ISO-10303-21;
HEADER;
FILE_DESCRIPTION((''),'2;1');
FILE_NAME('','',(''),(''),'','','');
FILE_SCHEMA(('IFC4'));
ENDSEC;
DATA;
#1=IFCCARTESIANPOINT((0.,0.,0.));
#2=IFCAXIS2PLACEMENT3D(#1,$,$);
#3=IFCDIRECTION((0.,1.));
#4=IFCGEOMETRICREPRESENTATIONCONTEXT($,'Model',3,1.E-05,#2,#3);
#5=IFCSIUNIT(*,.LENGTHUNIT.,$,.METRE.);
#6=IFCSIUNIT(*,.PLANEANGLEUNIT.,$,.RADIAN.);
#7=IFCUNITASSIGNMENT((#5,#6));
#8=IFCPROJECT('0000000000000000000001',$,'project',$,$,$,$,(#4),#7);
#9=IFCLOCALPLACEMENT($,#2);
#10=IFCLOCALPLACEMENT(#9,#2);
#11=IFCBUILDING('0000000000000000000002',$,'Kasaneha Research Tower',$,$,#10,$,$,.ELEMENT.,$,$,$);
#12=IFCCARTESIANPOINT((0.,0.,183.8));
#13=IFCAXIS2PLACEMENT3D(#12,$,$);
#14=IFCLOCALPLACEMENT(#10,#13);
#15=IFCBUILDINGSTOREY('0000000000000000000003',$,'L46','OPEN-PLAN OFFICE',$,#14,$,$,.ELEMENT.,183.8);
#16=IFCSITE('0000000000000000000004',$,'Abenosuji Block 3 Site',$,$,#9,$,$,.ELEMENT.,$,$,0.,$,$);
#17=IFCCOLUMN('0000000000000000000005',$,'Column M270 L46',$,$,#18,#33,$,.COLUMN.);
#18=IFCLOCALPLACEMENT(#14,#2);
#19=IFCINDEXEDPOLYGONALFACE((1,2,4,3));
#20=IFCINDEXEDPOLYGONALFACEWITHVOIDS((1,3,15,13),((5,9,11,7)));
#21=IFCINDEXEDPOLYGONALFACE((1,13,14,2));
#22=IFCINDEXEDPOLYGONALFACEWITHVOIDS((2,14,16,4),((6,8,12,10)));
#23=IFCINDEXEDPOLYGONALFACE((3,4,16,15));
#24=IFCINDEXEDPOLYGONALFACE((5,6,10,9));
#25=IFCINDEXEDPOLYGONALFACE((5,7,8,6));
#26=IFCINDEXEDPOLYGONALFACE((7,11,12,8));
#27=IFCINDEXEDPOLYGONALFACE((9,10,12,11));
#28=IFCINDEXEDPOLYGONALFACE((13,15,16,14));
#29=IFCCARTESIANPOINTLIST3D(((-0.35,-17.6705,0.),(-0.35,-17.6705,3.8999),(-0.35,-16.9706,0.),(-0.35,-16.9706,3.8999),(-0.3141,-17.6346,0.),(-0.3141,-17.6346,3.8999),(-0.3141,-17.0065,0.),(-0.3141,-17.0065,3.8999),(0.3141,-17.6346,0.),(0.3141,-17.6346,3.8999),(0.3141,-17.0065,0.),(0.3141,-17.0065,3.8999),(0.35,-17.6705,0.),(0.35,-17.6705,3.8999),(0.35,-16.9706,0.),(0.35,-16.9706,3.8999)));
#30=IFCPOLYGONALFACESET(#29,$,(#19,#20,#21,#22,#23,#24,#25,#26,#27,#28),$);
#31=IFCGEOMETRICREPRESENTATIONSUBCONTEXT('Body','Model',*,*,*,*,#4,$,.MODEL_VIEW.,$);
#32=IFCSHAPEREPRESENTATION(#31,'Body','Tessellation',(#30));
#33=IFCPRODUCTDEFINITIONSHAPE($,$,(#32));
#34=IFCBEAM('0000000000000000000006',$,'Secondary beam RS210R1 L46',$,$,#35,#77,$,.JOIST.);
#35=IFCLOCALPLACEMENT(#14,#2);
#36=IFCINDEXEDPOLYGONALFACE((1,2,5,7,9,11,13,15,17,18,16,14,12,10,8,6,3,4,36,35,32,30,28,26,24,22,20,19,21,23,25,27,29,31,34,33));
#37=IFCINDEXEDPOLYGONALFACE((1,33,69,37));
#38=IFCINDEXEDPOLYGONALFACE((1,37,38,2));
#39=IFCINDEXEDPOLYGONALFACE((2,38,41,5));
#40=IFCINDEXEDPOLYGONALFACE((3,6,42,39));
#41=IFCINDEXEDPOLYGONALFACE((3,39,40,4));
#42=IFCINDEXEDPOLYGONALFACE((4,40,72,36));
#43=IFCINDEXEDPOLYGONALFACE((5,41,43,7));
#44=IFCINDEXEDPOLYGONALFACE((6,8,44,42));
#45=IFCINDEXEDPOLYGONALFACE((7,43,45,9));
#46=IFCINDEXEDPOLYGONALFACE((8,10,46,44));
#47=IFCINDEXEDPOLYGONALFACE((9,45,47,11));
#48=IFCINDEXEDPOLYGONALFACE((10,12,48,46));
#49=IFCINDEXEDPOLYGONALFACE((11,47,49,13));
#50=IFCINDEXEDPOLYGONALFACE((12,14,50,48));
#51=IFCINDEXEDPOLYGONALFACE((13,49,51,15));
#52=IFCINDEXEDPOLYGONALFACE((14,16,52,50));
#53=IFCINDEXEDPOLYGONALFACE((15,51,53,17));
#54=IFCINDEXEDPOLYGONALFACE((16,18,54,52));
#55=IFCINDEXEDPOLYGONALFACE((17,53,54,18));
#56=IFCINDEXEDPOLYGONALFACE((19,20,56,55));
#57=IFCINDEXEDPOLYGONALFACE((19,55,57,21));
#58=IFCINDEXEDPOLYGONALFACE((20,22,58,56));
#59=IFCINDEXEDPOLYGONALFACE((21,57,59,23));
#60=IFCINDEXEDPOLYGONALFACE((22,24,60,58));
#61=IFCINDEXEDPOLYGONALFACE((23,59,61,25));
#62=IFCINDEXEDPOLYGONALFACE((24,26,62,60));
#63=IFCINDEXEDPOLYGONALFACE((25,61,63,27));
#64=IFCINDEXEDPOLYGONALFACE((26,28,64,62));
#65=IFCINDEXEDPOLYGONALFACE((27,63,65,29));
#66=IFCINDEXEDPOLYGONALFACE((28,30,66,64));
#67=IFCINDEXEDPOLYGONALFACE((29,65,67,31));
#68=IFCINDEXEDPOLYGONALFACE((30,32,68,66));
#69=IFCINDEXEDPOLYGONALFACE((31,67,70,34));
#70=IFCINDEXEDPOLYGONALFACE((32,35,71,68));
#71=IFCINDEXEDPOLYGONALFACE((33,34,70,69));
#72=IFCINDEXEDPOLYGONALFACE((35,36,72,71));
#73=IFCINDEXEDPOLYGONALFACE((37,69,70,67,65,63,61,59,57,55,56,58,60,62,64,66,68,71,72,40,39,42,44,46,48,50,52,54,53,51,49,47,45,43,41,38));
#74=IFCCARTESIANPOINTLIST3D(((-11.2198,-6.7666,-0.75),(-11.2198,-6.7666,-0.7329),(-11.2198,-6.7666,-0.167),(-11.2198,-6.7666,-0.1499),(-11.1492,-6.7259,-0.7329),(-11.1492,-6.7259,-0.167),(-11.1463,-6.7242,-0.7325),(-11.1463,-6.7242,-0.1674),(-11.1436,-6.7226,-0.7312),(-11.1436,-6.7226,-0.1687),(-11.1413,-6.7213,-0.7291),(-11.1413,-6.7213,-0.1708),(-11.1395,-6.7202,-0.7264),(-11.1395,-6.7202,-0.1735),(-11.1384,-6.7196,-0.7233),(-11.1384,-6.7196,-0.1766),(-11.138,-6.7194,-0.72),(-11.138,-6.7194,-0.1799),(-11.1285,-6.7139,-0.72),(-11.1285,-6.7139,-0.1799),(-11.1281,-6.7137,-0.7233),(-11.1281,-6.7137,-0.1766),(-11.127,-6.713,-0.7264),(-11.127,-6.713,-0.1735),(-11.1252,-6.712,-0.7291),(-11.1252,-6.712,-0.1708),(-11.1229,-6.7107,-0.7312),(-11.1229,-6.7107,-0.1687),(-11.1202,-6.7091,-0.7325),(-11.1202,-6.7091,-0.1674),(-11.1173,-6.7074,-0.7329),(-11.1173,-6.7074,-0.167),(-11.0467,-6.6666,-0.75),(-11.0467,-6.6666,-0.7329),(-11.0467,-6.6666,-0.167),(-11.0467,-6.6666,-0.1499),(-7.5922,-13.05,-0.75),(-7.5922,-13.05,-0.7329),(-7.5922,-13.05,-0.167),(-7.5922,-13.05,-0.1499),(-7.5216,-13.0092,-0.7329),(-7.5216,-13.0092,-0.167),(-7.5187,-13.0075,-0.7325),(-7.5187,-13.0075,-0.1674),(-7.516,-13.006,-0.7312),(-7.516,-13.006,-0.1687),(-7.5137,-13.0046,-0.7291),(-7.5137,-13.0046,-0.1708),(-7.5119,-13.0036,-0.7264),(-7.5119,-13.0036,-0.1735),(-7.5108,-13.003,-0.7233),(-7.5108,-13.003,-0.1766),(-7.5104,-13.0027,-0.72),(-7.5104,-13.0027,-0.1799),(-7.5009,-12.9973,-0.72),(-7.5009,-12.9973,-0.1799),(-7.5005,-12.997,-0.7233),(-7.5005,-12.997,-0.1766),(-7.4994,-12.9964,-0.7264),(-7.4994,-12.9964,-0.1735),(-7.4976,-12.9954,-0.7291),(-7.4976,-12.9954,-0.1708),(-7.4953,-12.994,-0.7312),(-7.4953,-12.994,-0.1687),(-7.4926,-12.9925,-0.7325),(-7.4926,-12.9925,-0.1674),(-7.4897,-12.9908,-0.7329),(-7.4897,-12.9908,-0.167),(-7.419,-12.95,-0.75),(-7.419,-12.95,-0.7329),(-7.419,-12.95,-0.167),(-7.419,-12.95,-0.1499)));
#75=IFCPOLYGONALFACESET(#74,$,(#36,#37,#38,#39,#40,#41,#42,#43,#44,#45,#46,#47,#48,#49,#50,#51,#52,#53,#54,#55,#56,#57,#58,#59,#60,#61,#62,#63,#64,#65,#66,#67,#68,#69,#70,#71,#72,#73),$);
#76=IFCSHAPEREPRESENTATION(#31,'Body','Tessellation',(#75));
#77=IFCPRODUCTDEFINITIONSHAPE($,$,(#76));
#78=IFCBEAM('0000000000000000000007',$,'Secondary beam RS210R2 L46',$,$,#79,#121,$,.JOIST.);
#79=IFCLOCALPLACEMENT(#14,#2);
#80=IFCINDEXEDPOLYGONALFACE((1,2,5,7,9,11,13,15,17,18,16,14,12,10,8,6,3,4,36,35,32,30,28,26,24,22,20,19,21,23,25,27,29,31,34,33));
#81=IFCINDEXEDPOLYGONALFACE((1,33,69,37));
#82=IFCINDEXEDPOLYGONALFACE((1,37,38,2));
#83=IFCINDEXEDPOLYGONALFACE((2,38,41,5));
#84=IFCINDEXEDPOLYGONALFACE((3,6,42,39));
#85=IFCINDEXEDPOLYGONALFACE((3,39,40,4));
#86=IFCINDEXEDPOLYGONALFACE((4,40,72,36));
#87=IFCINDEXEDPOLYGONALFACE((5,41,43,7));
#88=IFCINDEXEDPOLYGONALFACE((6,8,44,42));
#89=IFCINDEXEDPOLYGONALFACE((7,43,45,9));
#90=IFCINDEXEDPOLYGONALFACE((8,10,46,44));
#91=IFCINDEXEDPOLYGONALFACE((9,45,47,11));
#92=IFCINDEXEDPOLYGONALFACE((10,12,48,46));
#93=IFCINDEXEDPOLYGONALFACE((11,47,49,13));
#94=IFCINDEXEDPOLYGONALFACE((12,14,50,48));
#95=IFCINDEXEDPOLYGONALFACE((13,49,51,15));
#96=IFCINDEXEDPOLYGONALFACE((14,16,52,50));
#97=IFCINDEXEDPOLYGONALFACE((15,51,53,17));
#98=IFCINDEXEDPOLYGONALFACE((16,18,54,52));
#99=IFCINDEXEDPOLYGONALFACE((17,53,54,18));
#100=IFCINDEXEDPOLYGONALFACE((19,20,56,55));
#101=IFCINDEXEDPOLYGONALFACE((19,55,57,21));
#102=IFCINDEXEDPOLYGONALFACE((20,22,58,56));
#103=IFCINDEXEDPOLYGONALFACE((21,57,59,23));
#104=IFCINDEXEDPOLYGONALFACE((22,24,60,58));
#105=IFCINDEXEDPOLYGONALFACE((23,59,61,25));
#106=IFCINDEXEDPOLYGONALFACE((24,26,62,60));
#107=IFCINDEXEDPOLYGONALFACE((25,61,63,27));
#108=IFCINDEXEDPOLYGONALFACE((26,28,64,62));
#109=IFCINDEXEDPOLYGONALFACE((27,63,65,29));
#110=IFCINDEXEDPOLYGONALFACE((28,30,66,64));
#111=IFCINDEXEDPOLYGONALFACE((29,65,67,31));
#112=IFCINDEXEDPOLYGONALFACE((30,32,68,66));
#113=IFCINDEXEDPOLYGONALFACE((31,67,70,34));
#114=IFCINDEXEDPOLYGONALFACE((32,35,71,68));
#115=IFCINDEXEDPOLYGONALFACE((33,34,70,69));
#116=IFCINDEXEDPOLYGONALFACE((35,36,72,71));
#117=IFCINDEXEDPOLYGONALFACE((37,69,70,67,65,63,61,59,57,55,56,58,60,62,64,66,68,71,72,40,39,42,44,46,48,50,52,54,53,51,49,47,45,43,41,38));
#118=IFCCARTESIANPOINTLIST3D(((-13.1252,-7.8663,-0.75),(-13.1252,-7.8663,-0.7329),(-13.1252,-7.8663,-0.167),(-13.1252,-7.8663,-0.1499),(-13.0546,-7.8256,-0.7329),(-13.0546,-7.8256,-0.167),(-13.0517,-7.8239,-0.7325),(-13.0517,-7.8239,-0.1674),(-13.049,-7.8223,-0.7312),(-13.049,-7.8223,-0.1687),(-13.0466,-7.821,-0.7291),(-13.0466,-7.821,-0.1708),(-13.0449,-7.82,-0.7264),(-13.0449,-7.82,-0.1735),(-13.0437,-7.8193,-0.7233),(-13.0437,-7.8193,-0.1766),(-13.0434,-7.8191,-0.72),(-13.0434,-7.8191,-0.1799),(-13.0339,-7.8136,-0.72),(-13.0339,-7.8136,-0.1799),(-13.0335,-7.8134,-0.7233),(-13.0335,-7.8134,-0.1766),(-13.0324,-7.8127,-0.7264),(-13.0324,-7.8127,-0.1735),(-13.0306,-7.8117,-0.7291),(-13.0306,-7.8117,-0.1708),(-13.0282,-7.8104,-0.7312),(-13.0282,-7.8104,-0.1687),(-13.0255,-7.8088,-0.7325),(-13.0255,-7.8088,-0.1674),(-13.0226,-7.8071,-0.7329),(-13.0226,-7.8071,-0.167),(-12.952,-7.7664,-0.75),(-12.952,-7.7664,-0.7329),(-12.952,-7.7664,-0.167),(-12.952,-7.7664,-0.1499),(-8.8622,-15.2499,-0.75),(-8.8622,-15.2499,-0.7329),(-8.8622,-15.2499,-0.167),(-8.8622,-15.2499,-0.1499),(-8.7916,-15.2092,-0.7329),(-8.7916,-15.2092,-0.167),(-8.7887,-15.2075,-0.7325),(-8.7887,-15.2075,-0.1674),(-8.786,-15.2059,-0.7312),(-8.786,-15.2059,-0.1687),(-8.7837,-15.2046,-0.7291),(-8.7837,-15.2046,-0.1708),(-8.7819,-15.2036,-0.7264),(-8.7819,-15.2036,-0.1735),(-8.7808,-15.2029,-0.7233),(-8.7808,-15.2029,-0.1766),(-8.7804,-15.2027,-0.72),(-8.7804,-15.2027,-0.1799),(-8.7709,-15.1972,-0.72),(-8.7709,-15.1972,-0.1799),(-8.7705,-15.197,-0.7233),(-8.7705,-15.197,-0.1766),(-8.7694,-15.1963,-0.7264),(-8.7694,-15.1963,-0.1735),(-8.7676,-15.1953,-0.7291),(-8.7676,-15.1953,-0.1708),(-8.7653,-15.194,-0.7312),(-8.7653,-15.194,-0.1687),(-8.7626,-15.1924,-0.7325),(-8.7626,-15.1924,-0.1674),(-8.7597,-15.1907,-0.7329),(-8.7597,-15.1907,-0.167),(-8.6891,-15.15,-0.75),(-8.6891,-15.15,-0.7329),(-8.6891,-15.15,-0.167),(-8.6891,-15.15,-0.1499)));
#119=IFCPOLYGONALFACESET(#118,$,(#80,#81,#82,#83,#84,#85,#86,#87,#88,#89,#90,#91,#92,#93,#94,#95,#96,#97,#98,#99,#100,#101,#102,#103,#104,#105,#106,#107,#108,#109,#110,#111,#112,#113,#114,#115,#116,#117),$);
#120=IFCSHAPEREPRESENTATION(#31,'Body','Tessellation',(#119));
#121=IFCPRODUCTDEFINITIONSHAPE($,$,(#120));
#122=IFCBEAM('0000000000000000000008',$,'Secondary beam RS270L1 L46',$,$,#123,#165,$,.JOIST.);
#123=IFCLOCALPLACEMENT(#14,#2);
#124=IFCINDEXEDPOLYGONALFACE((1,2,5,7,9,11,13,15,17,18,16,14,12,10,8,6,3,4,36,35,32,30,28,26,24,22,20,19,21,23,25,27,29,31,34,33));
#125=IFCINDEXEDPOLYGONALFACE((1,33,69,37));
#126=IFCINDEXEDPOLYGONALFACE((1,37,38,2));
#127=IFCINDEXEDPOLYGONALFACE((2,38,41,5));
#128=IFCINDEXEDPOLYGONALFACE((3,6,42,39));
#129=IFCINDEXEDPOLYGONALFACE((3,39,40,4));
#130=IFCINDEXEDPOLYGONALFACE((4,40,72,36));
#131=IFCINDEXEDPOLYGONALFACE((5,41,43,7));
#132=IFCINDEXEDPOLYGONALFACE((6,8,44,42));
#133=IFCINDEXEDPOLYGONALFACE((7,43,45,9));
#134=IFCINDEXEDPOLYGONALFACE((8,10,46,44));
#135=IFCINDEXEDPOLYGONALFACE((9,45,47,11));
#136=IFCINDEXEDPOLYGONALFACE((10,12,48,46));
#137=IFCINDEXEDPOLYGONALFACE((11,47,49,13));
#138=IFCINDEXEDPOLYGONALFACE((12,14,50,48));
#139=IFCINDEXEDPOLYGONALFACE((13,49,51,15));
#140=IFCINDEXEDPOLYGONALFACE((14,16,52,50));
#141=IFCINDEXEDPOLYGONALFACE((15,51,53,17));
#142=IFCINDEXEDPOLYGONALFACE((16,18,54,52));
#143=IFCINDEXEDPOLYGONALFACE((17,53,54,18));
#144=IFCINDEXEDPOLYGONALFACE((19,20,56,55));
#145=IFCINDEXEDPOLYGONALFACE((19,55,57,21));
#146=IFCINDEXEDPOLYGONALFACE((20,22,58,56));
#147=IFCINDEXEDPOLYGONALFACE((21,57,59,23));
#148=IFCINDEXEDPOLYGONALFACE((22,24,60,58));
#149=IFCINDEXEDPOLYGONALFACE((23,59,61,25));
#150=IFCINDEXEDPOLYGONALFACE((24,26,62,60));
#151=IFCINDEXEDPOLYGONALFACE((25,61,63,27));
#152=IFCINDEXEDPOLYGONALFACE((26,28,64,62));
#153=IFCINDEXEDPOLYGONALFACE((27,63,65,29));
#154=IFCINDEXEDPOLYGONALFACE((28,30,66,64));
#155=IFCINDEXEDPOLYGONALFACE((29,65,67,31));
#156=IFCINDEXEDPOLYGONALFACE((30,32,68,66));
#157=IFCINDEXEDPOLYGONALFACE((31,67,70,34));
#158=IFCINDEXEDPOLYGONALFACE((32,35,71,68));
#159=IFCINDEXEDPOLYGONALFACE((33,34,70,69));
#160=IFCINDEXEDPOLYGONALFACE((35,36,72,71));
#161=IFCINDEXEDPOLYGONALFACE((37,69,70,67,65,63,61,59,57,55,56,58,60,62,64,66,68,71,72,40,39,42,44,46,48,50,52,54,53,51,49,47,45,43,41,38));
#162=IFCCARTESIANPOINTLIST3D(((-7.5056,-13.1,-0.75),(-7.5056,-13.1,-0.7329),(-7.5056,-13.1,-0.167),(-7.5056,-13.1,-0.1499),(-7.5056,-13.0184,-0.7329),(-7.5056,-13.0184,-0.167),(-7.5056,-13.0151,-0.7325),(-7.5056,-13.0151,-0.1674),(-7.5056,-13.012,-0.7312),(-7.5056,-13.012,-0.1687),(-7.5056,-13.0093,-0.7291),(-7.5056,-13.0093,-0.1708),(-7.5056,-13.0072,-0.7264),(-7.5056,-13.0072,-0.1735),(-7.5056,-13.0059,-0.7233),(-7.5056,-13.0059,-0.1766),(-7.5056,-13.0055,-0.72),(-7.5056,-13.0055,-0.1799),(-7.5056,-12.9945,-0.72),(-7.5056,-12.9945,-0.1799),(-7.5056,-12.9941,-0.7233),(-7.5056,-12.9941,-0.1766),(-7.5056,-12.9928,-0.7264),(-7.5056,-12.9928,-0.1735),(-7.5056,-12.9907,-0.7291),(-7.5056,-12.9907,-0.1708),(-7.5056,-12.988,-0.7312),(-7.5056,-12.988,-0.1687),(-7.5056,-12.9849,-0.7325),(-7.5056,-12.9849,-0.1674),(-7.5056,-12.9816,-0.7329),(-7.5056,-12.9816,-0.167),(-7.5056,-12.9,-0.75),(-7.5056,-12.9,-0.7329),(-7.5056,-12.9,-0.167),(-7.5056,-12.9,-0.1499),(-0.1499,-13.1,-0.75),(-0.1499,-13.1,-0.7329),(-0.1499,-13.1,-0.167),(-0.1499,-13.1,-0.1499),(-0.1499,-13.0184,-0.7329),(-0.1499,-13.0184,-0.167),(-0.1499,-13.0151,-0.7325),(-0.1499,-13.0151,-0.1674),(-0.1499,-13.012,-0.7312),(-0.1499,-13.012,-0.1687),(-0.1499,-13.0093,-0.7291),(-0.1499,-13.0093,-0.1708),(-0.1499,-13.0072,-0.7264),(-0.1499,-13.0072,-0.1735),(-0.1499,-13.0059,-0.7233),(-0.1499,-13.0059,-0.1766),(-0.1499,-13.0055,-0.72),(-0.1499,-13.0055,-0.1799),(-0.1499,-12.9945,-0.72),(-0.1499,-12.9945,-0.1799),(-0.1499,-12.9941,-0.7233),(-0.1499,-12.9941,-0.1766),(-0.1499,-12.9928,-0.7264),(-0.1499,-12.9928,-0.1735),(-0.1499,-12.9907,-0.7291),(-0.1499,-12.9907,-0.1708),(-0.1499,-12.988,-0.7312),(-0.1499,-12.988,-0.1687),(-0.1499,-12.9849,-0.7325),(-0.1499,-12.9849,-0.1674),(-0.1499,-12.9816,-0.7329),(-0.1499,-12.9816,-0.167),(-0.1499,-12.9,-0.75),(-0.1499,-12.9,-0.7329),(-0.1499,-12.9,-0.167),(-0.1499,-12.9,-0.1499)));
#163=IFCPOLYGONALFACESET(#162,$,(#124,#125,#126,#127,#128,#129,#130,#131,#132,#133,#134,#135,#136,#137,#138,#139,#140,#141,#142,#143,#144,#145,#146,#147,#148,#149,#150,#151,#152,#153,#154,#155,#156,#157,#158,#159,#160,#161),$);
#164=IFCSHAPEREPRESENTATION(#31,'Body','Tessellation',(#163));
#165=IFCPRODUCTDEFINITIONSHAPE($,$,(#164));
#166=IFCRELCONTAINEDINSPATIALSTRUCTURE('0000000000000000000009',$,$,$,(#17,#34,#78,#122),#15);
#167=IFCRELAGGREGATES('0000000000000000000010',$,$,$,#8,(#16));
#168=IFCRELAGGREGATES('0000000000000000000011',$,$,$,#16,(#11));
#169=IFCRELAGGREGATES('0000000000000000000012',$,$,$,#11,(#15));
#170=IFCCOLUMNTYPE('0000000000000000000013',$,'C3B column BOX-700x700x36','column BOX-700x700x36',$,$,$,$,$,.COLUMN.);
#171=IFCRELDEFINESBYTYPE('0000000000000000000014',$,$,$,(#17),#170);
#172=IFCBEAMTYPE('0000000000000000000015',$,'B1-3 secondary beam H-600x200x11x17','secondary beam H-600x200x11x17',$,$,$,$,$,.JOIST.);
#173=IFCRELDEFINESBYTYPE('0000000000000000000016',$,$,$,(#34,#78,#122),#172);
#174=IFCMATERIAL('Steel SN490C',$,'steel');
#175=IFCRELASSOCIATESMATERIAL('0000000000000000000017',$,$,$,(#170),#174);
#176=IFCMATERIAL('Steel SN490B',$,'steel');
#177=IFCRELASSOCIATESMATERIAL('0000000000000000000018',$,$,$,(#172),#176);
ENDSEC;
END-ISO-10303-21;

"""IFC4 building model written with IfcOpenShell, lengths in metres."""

from ifc_helpers import new_model, si_unit, direction, frame, origin, origin_2d, place, context, subcontext, project, spatial, hollow_rectangle, i_section, extrude, material, material_profile, profile_set, type_object, element, save


model = new_model("IFC4")

# Units and contexts
model_context = context("Model", 3, precision=1e-05, world=origin(), true_north=direction((0.0, 1.0)))
body_context = subcontext(model_context, "Body", "Model", "MODEL_VIEW")
ifc_project = project(units=[si_unit("LENGTHUNIT", "METRE"), si_unit("PLANEANGLEUNIT", "RADIAN")], contexts=[model_context])

# Site, building, storey
site_placement = place(None, origin())
site = spatial("IfcSite", under=ifc_project, at=site_placement, Name="Abenosuji Block 3 Site", CompositionType="ELEMENT", RefElevation=0.0)
building_placement = place(site_placement, origin())
building = spatial("IfcBuilding", under=site, at=building_placement, Name="Kasaneha Research Tower", CompositionType="ELEMENT")
storey_placement = place(building_placement, frame((0.0, 0.0, 183.8)))
storey = spatial("IfcBuildingStorey", under=building, at=storey_placement, Name="L46", Description="OPEN-PLAN OFFICE", CompositionType="ELEMENT", Elevation=183.8)

# Column
ifc_material_1 = material(Name="Steel SN490C", Category="steel")
ifc_material_profile_1 = material_profile(ifc_material_1, hollow_rectangle(XDim=0.7, YDim=0.7, WallThickness=0.0359, at=origin_2d()), Name="BOX-700x700x36")
ifc_profile_set_1 = profile_set([ifc_material_profile_1], Name="Steel SN490C")
column_type = type_object("IfcColumnType", Name="C3B column BOX-700x700x36", Description="column BOX-700x700x36", PredefinedType="COLUMN", material=ifc_profile_set_1)
column_placement = place(storey_placement, frame((0.0, -17.3206, 0.0), z_axis=(0.0, 0.0, 1.0), x_axis=(1.0, 0.0, 0.0)))
element("IfcColumn", 1, at=column_placement, inside=storey, type_object=column_type, Name="Column M270 L46", PredefinedType="COLUMN", context=body_context, shape_type="SweptSolid", body=[
    extrude(hollow_rectangle(XDim=0.7, YDim=0.7, WallThickness=0.0359, at=origin_2d()), origin(), (0.0, 0.0, 1.0), 3.8999),
])

# Beams
ifc_material_2 = material(Name="Steel SN490B", Category="steel")
ifc_material_profile_2 = material_profile(ifc_material_2, i_section(OverallWidth=0.2, OverallDepth=0.6001, WebThickness=0.011, FlangeThickness=0.0171, FilletRadius=0.0129, at=origin_2d()), Name="H-600x200x11x17")
ifc_profile_set_2 = profile_set([ifc_material_profile_2], Name="Steel SN490B")
beam_type_1 = type_object("IfcBeamType", Name="B1-3 secondary beam H-600x200x11x17", Description="secondary beam H-600x200x11x17", PredefinedType="JOIST", material=ifc_profile_set_2)
beam_1_placement = place(storey_placement, frame((-7.5056, -13.0, -0.45), z_axis=(-0.499993, 0.866029, 0.0), x_axis=(-0.866029, -0.499993, 0.0)))
element("IfcBeam", 2, at=beam_1_placement, inside=storey, type_object=beam_type_1, Name="Secondary beam RS210R1 L46", PredefinedType="JOIST", context=body_context, shape_type="SweptSolid", body=[
    extrude(i_section(OverallWidth=0.2, OverallDepth=0.6001, WebThickness=0.011, FlangeThickness=0.0171, FilletRadius=0.0129, at=origin_2d()), origin(), (0.0, 0.0, 1.0), 7.2554),
])
beam_2_placement = place(storey_placement, frame((-8.7756, -15.2, -0.45), z_axis=(-0.500004, 0.866023, 0.0), x_axis=(-0.866023, -0.500004, 0.0)))
element("IfcBeam", 3, at=beam_2_placement, inside=storey, type_object=beam_type_1, Name="Secondary beam RS210R2 L46", PredefinedType="JOIST", context=body_context, shape_type="SweptSolid", body=[
    extrude(i_section(OverallWidth=0.2, OverallDepth=0.6001, WebThickness=0.011, FlangeThickness=0.0171, FilletRadius=0.0129, at=origin_2d()), origin(), (0.0, 0.0, 1.0), 8.5259),
])
beam_3_placement = place(storey_placement, frame((-7.5056, -13.0, -0.45), z_axis=(1.0, 0.0, 0.0), x_axis=(0.0, 1.0, 0.0)))
element("IfcBeam", 4, at=beam_3_placement, inside=storey, type_object=beam_type_1, Name="Secondary beam RS270L1 L46", PredefinedType="JOIST", context=body_context, shape_type="SweptSolid", body=[
    extrude(i_section(OverallWidth=0.2, OverallDepth=0.6001, WebThickness=0.011, FlangeThickness=0.0171, FilletRadius=0.0129, at=origin_2d()), origin(), (0.0, 0.0, 1.0), 7.3557),
])

save(model, "model.ifc")
